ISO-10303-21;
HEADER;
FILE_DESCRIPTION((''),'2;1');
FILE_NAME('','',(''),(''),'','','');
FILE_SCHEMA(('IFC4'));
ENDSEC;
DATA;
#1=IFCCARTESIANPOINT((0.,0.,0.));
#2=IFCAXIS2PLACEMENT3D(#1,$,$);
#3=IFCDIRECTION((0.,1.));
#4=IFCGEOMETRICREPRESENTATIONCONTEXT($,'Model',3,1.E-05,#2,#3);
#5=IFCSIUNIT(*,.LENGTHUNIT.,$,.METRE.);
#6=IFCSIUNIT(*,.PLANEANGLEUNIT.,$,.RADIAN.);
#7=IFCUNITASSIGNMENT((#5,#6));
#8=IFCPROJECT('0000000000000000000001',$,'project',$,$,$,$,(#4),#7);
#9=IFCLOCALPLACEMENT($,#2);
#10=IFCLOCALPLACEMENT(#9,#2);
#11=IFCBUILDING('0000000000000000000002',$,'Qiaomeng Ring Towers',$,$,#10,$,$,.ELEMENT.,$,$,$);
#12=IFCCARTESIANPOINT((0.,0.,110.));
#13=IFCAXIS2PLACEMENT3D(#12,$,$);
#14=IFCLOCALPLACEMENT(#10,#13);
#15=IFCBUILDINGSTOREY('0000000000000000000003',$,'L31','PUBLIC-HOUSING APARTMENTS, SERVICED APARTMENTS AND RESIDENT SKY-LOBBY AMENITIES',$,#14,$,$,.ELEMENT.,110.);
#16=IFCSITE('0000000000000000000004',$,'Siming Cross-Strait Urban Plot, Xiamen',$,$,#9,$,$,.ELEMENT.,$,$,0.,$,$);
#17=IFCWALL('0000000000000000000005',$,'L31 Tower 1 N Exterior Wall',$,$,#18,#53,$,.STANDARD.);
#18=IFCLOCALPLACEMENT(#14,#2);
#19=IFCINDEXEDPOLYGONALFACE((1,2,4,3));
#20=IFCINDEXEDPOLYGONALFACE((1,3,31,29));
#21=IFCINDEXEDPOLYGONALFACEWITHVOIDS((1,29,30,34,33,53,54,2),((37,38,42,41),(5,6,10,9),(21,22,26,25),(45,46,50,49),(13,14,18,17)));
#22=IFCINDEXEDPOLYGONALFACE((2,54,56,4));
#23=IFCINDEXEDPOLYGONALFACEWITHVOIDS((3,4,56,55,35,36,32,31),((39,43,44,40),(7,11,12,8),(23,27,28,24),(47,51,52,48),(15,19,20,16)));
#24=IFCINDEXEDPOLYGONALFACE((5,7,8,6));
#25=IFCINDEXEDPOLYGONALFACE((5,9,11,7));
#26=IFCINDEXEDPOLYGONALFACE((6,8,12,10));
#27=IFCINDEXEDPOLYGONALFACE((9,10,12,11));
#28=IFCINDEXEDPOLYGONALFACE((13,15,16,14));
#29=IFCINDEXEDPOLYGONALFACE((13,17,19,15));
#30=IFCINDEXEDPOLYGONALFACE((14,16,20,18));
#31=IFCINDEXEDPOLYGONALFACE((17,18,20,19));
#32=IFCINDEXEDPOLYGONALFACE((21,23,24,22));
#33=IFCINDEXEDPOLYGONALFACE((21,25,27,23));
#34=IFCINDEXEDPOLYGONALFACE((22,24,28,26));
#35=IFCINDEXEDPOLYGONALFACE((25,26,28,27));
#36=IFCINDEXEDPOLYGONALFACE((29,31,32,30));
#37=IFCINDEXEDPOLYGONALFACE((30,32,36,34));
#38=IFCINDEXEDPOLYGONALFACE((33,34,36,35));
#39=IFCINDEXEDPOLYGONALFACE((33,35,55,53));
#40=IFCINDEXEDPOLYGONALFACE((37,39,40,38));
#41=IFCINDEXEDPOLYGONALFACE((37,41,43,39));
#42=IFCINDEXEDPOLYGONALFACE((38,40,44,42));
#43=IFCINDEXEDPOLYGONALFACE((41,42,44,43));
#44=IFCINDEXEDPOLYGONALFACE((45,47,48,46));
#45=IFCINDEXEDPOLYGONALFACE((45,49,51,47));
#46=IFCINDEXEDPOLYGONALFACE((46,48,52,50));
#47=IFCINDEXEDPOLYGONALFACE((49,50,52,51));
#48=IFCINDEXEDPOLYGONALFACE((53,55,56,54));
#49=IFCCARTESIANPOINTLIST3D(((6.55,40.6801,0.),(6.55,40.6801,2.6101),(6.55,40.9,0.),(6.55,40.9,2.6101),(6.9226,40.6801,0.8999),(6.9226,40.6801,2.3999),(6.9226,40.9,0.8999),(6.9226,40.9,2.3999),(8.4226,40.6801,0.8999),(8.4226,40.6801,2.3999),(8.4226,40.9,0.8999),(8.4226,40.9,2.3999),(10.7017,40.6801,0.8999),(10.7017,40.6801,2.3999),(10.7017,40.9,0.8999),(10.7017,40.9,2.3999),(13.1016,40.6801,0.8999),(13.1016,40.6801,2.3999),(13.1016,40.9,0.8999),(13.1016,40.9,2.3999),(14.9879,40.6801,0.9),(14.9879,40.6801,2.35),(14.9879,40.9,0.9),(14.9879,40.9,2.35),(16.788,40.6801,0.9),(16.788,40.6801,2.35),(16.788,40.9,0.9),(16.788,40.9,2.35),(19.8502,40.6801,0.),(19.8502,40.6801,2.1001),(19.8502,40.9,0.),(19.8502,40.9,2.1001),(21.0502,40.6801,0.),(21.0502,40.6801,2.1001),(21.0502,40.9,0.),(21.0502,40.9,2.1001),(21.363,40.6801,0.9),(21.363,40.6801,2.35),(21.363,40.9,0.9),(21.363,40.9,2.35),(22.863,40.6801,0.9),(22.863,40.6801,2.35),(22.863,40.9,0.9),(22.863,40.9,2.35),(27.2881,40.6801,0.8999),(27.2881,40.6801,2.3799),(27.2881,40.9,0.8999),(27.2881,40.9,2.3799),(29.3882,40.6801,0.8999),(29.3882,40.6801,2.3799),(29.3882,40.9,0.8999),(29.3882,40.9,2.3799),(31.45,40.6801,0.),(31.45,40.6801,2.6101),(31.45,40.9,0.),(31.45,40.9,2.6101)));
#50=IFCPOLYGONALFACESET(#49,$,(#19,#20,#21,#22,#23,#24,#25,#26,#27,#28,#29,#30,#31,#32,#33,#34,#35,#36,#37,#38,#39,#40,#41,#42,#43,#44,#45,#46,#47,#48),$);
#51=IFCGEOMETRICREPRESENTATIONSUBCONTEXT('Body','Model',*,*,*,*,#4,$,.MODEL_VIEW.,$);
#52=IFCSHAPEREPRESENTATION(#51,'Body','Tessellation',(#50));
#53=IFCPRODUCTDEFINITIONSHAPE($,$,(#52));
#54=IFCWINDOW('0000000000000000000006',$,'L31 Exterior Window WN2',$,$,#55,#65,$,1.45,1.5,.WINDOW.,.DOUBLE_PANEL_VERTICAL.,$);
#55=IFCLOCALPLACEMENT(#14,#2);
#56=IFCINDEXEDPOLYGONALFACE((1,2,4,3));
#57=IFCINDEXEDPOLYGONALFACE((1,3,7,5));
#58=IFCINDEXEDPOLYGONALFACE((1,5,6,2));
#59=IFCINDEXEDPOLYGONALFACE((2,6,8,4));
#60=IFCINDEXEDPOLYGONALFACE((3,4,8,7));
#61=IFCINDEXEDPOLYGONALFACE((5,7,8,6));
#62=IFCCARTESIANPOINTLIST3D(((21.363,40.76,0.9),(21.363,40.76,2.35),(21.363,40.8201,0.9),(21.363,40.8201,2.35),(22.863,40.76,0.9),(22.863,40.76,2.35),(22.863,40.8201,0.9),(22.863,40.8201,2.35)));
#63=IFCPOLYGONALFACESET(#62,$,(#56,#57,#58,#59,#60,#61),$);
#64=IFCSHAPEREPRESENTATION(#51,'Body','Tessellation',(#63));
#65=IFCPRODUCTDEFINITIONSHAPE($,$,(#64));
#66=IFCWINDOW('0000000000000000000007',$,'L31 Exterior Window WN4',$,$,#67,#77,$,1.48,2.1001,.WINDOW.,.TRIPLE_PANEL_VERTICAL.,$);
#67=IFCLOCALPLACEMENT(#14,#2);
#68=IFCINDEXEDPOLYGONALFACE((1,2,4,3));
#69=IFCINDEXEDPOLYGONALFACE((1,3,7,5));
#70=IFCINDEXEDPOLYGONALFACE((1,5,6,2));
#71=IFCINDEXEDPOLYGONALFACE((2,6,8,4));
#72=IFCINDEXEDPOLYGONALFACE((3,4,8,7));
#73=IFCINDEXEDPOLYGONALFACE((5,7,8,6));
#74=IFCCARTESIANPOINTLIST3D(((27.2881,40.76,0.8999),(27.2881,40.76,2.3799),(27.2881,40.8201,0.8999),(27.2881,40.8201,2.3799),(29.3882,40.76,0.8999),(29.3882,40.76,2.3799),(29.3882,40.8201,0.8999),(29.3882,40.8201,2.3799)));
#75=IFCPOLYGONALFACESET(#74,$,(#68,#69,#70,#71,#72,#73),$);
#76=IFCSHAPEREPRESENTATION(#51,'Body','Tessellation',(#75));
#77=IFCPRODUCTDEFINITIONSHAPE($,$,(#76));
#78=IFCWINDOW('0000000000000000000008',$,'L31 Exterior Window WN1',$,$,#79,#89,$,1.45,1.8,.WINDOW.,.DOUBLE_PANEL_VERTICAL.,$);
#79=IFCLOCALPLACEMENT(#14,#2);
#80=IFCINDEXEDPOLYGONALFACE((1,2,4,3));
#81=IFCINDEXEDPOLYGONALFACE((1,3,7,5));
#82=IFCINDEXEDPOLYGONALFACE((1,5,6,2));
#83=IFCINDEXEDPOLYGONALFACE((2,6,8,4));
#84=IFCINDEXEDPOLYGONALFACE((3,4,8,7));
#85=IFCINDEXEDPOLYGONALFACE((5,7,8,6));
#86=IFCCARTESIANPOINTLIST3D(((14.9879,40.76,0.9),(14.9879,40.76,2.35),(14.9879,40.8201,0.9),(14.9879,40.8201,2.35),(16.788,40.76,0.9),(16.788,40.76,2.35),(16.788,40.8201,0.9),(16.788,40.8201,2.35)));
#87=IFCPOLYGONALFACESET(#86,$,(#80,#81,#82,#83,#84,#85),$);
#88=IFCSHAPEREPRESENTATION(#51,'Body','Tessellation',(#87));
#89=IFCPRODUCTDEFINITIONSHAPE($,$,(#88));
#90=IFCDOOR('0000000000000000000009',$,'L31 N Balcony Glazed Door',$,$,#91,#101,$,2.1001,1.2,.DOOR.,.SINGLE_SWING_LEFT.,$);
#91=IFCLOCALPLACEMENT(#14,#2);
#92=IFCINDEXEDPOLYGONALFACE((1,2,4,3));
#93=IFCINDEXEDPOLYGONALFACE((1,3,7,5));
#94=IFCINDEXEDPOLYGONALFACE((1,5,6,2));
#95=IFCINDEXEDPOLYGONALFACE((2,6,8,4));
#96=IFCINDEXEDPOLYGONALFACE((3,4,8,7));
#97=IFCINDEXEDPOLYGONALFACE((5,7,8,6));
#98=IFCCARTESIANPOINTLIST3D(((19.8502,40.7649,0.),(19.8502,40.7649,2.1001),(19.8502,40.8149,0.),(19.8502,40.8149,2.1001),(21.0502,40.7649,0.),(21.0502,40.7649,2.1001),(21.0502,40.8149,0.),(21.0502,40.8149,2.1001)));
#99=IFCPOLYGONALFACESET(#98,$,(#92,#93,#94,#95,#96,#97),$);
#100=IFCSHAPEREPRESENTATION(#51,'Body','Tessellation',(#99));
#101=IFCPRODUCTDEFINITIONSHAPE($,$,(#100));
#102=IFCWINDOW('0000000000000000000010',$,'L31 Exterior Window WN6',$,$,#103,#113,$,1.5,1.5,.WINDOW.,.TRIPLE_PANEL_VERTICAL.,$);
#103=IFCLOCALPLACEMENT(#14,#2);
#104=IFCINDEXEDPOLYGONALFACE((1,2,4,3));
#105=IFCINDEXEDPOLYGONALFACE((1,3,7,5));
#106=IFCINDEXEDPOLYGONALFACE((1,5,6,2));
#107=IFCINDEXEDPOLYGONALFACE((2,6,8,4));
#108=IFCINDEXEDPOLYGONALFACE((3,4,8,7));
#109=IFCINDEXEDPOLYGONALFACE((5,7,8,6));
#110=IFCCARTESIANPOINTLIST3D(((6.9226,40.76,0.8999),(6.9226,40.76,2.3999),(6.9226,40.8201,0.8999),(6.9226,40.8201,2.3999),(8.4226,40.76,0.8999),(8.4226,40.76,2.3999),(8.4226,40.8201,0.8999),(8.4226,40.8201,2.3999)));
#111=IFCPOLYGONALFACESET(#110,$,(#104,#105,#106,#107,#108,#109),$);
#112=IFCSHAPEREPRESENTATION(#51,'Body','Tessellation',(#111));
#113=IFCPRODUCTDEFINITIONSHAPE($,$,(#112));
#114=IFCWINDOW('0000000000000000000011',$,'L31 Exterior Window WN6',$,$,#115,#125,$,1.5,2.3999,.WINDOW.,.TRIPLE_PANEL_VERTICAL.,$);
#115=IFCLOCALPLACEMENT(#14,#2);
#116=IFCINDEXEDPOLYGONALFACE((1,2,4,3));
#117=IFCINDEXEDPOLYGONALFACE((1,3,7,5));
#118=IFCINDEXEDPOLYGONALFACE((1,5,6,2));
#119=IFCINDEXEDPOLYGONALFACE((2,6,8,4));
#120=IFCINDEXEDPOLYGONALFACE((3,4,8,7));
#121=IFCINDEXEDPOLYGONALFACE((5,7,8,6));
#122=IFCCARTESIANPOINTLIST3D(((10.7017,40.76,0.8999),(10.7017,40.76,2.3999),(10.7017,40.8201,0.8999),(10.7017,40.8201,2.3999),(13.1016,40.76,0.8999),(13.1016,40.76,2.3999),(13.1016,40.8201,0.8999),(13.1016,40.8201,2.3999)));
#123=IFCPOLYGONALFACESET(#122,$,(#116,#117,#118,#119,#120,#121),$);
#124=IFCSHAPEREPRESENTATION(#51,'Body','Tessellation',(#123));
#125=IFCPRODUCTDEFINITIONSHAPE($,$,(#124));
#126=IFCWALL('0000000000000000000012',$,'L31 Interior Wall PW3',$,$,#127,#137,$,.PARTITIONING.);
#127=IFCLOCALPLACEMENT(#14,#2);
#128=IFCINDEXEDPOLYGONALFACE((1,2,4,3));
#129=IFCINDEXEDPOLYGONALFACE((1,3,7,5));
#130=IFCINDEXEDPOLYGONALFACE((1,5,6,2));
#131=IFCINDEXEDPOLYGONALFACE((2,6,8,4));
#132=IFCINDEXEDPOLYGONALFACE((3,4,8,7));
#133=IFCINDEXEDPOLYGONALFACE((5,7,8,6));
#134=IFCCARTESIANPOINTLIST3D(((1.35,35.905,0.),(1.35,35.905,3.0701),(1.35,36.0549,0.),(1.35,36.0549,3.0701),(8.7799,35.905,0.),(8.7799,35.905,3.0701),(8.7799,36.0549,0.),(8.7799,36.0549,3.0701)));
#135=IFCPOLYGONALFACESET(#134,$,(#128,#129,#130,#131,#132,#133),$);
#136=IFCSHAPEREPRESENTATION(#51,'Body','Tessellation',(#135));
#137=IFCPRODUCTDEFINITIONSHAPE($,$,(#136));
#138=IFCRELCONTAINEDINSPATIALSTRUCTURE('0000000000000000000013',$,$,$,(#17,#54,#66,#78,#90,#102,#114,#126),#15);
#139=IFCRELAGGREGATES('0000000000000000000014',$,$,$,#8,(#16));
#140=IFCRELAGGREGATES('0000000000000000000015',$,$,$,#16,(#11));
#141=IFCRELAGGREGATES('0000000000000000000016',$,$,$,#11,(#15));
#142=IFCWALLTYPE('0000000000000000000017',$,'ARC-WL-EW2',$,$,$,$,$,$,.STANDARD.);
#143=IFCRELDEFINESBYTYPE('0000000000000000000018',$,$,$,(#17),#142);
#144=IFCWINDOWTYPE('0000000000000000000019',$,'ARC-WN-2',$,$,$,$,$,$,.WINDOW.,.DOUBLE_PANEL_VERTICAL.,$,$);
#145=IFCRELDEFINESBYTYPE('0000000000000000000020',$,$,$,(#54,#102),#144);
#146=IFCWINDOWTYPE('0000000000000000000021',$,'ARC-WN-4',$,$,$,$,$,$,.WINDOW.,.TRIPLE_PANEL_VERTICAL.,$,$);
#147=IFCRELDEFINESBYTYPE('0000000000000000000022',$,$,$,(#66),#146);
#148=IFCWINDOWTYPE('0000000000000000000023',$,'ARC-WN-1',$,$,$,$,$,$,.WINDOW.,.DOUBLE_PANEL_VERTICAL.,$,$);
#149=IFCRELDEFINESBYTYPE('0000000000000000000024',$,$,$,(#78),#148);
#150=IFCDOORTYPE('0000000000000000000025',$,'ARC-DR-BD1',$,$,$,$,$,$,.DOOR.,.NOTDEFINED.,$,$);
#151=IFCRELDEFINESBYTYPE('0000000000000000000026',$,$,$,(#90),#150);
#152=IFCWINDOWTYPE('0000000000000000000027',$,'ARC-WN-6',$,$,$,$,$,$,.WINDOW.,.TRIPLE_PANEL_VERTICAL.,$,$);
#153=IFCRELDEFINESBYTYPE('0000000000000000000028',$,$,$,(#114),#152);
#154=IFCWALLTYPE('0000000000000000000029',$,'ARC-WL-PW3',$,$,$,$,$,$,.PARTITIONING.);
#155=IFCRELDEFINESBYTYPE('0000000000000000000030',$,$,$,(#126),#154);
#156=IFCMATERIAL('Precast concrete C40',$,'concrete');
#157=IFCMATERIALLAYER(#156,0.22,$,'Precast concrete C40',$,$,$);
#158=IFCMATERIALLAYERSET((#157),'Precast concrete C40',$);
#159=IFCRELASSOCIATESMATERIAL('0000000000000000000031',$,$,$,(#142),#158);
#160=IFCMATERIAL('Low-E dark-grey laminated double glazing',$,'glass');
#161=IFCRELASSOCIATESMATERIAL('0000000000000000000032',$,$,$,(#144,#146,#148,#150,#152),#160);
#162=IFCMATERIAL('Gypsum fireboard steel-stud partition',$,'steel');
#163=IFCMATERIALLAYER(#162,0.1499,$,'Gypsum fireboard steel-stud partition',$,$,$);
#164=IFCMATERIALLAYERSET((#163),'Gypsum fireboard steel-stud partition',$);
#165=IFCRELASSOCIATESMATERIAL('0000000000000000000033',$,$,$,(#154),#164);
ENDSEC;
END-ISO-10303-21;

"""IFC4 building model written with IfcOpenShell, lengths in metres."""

from ifc_helpers import new_model, si_unit, direction, frame, frame_2d, origin, place, context, subcontext, project, spatial, rectangle, extrude, source, transform, mapped, material, layer, layer_set, type_object, element, fill, save


model = new_model("IFC4")

# Units and contexts
model_context = context("Model", 3, precision=1e-05, world=origin(), true_north=direction((0.0, 1.0)))
body_context = subcontext(model_context, "Body", "Model", "MODEL_VIEW")
ifc_project = project(units=[si_unit("LENGTHUNIT", "METRE"), si_unit("PLANEANGLEUNIT", "RADIAN")], contexts=[model_context])

# Site, building, storey
site_placement = place(None, origin())
site = spatial("IfcSite", under=ifc_project, at=site_placement, Name="Siming Cross-Strait Urban Plot, Xiamen", CompositionType="ELEMENT", RefElevation=0.0)
building_placement = place(site_placement, origin())
building = spatial("IfcBuilding", under=site, at=building_placement, Name="Qiaomeng Ring Towers", CompositionType="ELEMENT")
storey_placement = place(building_placement, frame((0.0, 0.0, 110.0)))
storey = spatial("IfcBuildingStorey", under=building, at=storey_placement, Name="L31", Description="PUBLIC-HOUSING APARTMENTS, SERVICED APARTMENTS AND RESIDENT SKY-LOBBY AMENITIES", CompositionType="ELEMENT", Elevation=110.0)

# Shared definitions
ifc_material_1 = material(Name="Low-E dark-grey laminated double glazing", Category="glass")

# Wall, openings, windows, door
ifc_material_2 = material(Name="Precast concrete C40", Category="concrete")
ifc_layer_1 = layer(ifc_material_2, 0.22, Name="Precast concrete C40")
ifc_layer_set_1 = layer_set([ifc_layer_1], Name="Precast concrete C40")
wall_type_1 = type_object("IfcWallType", Name="ARC-WL-EW2", PredefinedType="STANDARD", material=ifc_layer_set_1)
wall_1_placement = place(storey_placement, frame((6.55, 40.79, 0.0), z_axis=(0.0, 0.0, 1.0), x_axis=(1.0, 0.0, 0.0)))
wall_1 = element("IfcWall", 1, at=wall_1_placement, inside=storey, type_object=wall_type_1, Name="L31 Tower 1 N Exterior Wall", PredefinedType="STANDARD", context=body_context, shape_type="SweptSolid", body=[
    extrude(rectangle(XDim=24.8999, YDim=0.22, at=frame_2d((12.45, 0.0))), origin(), (0.0, 0.0, 1.0), 2.6101),
])
opening_1_placement = place(wall_1_placement, frame((13.3, 0.0, 0.0)))
opening_1 = element("IfcOpeningElement", 2, at=opening_1_placement, cuts=wall_1, PredefinedType="OPENING", context=body_context, shape_type="SweptSolid", body=[
    extrude(rectangle(XDim=1.2, YDim=2.1001, at=frame_2d((0.6001, 1.05))), frame((0.0, 0.1199, 0.0), z_axis=(0.0, -1.0, 0.0), x_axis=(1.0, 0.0, 0.0)), (0.0, 0.0, 1.0), 0.24),
])
opening_2_placement = place(wall_1_placement, frame((0.3726, 0.0, 0.8999)))
opening_2 = element("IfcOpeningElement", 3, at=opening_2_placement, cuts=wall_1, PredefinedType="OPENING", context=body_context, shape_type="SweptSolid", body=[
    extrude(rectangle(XDim=1.5, YDim=1.5, at=frame_2d((0.75, 0.75))), frame((0.0, 0.1199, 0.0), z_axis=(0.0, -1.0, 0.0), x_axis=(1.0, 0.0, 0.0)), (0.0, 0.0, 1.0), 0.24),
])
opening_3_placement = place(wall_1_placement, frame((8.438, 0.0, 0.8999)))
opening_3 = element("IfcOpeningElement", 4, at=opening_3_placement, cuts=wall_1, PredefinedType="OPENING", context=body_context, shape_type="SweptSolid", body=[
    extrude(rectangle(XDim=1.8, YDim=1.45, at=frame_2d((0.8999, 0.7251))), frame((0.0, 0.1199, 0.0), z_axis=(0.0, -1.0, 0.0), x_axis=(1.0, 0.0, 0.0)), (0.0, 0.0, 1.0), 0.24),
])
opening_4_placement = place(wall_1_placement, frame((14.813, 0.0, 0.8999)))
opening_4 = element("IfcOpeningElement", 5, at=opening_4_placement, cuts=wall_1, PredefinedType="OPENING", context=body_context, shape_type="SweptSolid", body=[
    extrude(rectangle(XDim=1.5, YDim=1.45, at=frame_2d((0.75, 0.7251))), frame((0.0, 0.1199, 0.0), z_axis=(0.0, -1.0, 0.0), x_axis=(1.0, 0.0, 0.0)), (0.0, 0.0, 1.0), 0.24),
])
opening_5_placement = place(wall_1_placement, frame((20.738, 0.0, 0.8999)))
opening_5 = element("IfcOpeningElement", 6, at=opening_5_placement, cuts=wall_1, PredefinedType="OPENING", context=body_context, shape_type="SweptSolid", body=[
    extrude(rectangle(XDim=2.1001, YDim=1.48, at=frame_2d((1.05, 0.74))), frame((0.0, 0.1199, 0.0), z_axis=(0.0, -1.0, 0.0), x_axis=(1.0, 0.0, 0.0)), (0.0, 0.0, 1.0), 0.24),
])
opening_6_placement = place(wall_1_placement, frame((4.1516, 0.0, 0.8999)))
opening_6 = element("IfcOpeningElement", 7, at=opening_6_placement, cuts=wall_1, PredefinedType="OPENING", context=body_context, shape_type="SweptSolid", body=[
    extrude(rectangle(XDim=2.3999, YDim=1.5, at=frame_2d((1.2, 0.75))), frame((0.0, 0.1199, 0.0), z_axis=(0.0, -1.0, 0.0), x_axis=(1.0, 0.0, 0.0)), (0.0, 0.0, 1.0), 0.24),
])
window_type_1 = type_object("IfcWindowType", Name="ARC-WN-2", PartitioningType="DOUBLE_PANEL_VERTICAL", PredefinedType="WINDOW", material=ifc_material_1)
shared_shape_1 = source(origin(), body_context, "Body", "SweptSolid", [
    extrude(rectangle(XDim=1.5, YDim=1.45, at=frame_2d((0.75, 0.7251))), frame((0.0, 0.03, 0.0), z_axis=(0.0, -1.0, 0.0), x_axis=(1.0, 0.0, 0.0)), (0.0, 0.0, 1.0), 0.0601),
])
window_1_placement = place(opening_4_placement, origin())
window_1 = element("IfcWindow", 8, at=window_1_placement, inside=storey, type_object=window_type_1, Name="L31 Exterior Window WN2", OverallHeight=1.45, OverallWidth=1.5, PartitioningType="DOUBLE_PANEL_VERTICAL", PredefinedType="WINDOW", context=body_context, shape_type="MappedRepresentation", body=[
    mapped(shared_shape_1, transform((0.0, 0.0, 0.0), x_axis=(1.0, 0.0, 0.0), y_axis=(0.0, 1.0, 0.0), z_axis=(0.0, 0.0, 1.0), scale=1.0)),
])
fill(opening_4, window_1)
window_type_2 = type_object("IfcWindowType", Name="ARC-WN-4", PartitioningType="TRIPLE_PANEL_VERTICAL", PredefinedType="WINDOW", material=ifc_material_1)
shared_shape_2 = source(origin(), body_context, "Body", "SweptSolid", [
    extrude(rectangle(XDim=2.1001, YDim=1.48, at=frame_2d((1.05, 0.74))), frame((0.0, 0.03, 0.0), z_axis=(0.0, -1.0, 0.0), x_axis=(1.0, 0.0, 0.0)), (0.0, 0.0, 1.0), 0.0601),
])
window_2_placement = place(opening_5_placement, origin())
window_2 = element("IfcWindow", 9, at=window_2_placement, inside=storey, type_object=window_type_2, Name="L31 Exterior Window WN4", OverallHeight=1.48, OverallWidth=2.1001, PartitioningType="TRIPLE_PANEL_VERTICAL", PredefinedType="WINDOW", context=body_context, shape_type="MappedRepresentation", body=[
    mapped(shared_shape_2, transform((0.0, 0.0, 0.0), x_axis=(1.0, 0.0, 0.0), y_axis=(0.0, 1.0, 0.0), z_axis=(0.0, 0.0, 1.0), scale=1.0)),
])
fill(opening_5, window_2)
window_type_3 = type_object("IfcWindowType", Name="ARC-WN-1", PartitioningType="DOUBLE_PANEL_VERTICAL", PredefinedType="WINDOW", material=ifc_material_1)
shared_shape_3 = source(origin(), body_context, "Body", "SweptSolid", [
    extrude(rectangle(XDim=1.8, YDim=1.45, at=frame_2d((0.8999, 0.7251))), frame((0.0, 0.03, 0.0), z_axis=(0.0, -1.0, 0.0), x_axis=(1.0, 0.0, 0.0)), (0.0, 0.0, 1.0), 0.0601),
])
window_3_placement = place(opening_3_placement, origin())
window_3 = element("IfcWindow", 10, at=window_3_placement, inside=storey, type_object=window_type_3, Name="L31 Exterior Window WN1", OverallHeight=1.45, OverallWidth=1.8, PartitioningType="DOUBLE_PANEL_VERTICAL", PredefinedType="WINDOW", context=body_context, shape_type="MappedRepresentation", body=[
    mapped(shared_shape_3, transform((0.0, 0.0, 0.0), x_axis=(1.0, 0.0, 0.0), y_axis=(0.0, 1.0, 0.0), z_axis=(0.0, 0.0, 1.0), scale=1.0)),
])
fill(opening_3, window_3)
door_type_1 = type_object("IfcDoorType", Name="ARC-DR-BD1", OperationType="NOTDEFINED", PredefinedType="DOOR", material=ifc_material_1)
shared_shape_4 = source(origin(), body_context, "Body", "SweptSolid", [
    extrude(rectangle(XDim=1.2, YDim=2.1001, at=frame_2d((0.6001, 1.05))), frame((0.0, 0.0249, 0.0), z_axis=(0.0, -1.0, 0.0), x_axis=(1.0, 0.0, 0.0)), (0.0, 0.0, 1.0), 0.05),
])
door_1_placement = place(opening_1_placement, origin())
door_1 = element("IfcDoor", 11, at=door_1_placement, inside=storey, type_object=door_type_1, Name="L31 N Balcony Glazed Door", OperationType="SINGLE_SWING_LEFT", OverallHeight=2.1001, OverallWidth=1.2, PredefinedType="DOOR", context=body_context, shape_type="MappedRepresentation", body=[
    mapped(shared_shape_4, transform((0.0, 0.0, 0.0), x_axis=(1.0, 0.0, 0.0), y_axis=(0.0, 1.0, 0.0), z_axis=(0.0, 0.0, 1.0), scale=1.0)),
])
fill(opening_1, door_1)
shared_shape_5 = source(origin(), body_context, "Body", "SweptSolid", [
    extrude(rectangle(XDim=1.5, YDim=1.5, at=frame_2d((0.75, 0.75))), frame((0.0, 0.03, 0.0), z_axis=(0.0, -1.0, 0.0), x_axis=(1.0, 0.0, 0.0)), (0.0, 0.0, 1.0), 0.0601),
])
window_4_placement = place(opening_2_placement, origin())
window_4 = element("IfcWindow", 12, at=window_4_placement, inside=storey, type_object=window_type_1, Name="L31 Exterior Window WN6", OverallHeight=1.5, OverallWidth=1.5, PartitioningType="TRIPLE_PANEL_VERTICAL", PredefinedType="WINDOW", context=body_context, shape_type="MappedRepresentation", body=[
    mapped(shared_shape_5, transform((0.0, 0.0, 0.0), x_axis=(1.0, 0.0, 0.0), y_axis=(0.0, 1.0, 0.0), z_axis=(0.0, 0.0, 1.0), scale=1.0)),
])
fill(opening_2, window_4)
window_type_4 = type_object("IfcWindowType", Name="ARC-WN-6", PartitioningType="TRIPLE_PANEL_VERTICAL", PredefinedType="WINDOW", material=ifc_material_1)
shared_shape_6 = source(origin(), body_context, "Body", "SweptSolid", [
    extrude(rectangle(XDim=2.3999, YDim=1.5, at=frame_2d((1.2, 0.75))), frame((0.0, 0.03, 0.0), z_axis=(0.0, -1.0, 0.0), x_axis=(1.0, 0.0, 0.0)), (0.0, 0.0, 1.0), 0.0601),
])
window_5_placement = place(opening_6_placement, origin())
window_5 = element("IfcWindow", 13, at=window_5_placement, inside=storey, type_object=window_type_4, Name="L31 Exterior Window WN6", OverallHeight=1.5, OverallWidth=2.3999, PartitioningType="TRIPLE_PANEL_VERTICAL", PredefinedType="WINDOW", context=body_context, shape_type="MappedRepresentation", body=[
    mapped(shared_shape_6, transform((0.0, 0.0, 0.0), x_axis=(1.0, 0.0, 0.0), y_axis=(0.0, 1.0, 0.0), z_axis=(0.0, 0.0, 1.0), scale=1.0)),
])
fill(opening_6, window_5)

# Wall
ifc_material_3 = material(Name="Gypsum fireboard steel-stud partition", Category="steel")
ifc_layer_2 = layer(ifc_material_3, 0.1499, Name="Gypsum fireboard steel-stud partition")
ifc_layer_set_2 = layer_set([ifc_layer_2], Name="Gypsum fireboard steel-stud partition")
wall_type_2 = type_object("IfcWallType", Name="ARC-WL-PW3", PredefinedType="PARTITIONING", material=ifc_layer_set_2)
wall_2_placement = place(storey_placement, frame((1.3501, 35.98, 0.0), z_axis=(0.0, 0.0, 1.0), x_axis=(1.0, 0.0, 0.0)))
element("IfcWall", 14, at=wall_2_placement, inside=storey, type_object=wall_type_2, Name="L31 Interior Wall PW3", PredefinedType="PARTITIONING", context=body_context, shape_type="SweptSolid", body=[
    extrude(rectangle(XDim=7.4299, YDim=0.1499, at=frame_2d((3.7148, 0.0))), origin(), (0.0, 0.0, 1.0), 3.0701),
])

save(model, "model.ifc")
